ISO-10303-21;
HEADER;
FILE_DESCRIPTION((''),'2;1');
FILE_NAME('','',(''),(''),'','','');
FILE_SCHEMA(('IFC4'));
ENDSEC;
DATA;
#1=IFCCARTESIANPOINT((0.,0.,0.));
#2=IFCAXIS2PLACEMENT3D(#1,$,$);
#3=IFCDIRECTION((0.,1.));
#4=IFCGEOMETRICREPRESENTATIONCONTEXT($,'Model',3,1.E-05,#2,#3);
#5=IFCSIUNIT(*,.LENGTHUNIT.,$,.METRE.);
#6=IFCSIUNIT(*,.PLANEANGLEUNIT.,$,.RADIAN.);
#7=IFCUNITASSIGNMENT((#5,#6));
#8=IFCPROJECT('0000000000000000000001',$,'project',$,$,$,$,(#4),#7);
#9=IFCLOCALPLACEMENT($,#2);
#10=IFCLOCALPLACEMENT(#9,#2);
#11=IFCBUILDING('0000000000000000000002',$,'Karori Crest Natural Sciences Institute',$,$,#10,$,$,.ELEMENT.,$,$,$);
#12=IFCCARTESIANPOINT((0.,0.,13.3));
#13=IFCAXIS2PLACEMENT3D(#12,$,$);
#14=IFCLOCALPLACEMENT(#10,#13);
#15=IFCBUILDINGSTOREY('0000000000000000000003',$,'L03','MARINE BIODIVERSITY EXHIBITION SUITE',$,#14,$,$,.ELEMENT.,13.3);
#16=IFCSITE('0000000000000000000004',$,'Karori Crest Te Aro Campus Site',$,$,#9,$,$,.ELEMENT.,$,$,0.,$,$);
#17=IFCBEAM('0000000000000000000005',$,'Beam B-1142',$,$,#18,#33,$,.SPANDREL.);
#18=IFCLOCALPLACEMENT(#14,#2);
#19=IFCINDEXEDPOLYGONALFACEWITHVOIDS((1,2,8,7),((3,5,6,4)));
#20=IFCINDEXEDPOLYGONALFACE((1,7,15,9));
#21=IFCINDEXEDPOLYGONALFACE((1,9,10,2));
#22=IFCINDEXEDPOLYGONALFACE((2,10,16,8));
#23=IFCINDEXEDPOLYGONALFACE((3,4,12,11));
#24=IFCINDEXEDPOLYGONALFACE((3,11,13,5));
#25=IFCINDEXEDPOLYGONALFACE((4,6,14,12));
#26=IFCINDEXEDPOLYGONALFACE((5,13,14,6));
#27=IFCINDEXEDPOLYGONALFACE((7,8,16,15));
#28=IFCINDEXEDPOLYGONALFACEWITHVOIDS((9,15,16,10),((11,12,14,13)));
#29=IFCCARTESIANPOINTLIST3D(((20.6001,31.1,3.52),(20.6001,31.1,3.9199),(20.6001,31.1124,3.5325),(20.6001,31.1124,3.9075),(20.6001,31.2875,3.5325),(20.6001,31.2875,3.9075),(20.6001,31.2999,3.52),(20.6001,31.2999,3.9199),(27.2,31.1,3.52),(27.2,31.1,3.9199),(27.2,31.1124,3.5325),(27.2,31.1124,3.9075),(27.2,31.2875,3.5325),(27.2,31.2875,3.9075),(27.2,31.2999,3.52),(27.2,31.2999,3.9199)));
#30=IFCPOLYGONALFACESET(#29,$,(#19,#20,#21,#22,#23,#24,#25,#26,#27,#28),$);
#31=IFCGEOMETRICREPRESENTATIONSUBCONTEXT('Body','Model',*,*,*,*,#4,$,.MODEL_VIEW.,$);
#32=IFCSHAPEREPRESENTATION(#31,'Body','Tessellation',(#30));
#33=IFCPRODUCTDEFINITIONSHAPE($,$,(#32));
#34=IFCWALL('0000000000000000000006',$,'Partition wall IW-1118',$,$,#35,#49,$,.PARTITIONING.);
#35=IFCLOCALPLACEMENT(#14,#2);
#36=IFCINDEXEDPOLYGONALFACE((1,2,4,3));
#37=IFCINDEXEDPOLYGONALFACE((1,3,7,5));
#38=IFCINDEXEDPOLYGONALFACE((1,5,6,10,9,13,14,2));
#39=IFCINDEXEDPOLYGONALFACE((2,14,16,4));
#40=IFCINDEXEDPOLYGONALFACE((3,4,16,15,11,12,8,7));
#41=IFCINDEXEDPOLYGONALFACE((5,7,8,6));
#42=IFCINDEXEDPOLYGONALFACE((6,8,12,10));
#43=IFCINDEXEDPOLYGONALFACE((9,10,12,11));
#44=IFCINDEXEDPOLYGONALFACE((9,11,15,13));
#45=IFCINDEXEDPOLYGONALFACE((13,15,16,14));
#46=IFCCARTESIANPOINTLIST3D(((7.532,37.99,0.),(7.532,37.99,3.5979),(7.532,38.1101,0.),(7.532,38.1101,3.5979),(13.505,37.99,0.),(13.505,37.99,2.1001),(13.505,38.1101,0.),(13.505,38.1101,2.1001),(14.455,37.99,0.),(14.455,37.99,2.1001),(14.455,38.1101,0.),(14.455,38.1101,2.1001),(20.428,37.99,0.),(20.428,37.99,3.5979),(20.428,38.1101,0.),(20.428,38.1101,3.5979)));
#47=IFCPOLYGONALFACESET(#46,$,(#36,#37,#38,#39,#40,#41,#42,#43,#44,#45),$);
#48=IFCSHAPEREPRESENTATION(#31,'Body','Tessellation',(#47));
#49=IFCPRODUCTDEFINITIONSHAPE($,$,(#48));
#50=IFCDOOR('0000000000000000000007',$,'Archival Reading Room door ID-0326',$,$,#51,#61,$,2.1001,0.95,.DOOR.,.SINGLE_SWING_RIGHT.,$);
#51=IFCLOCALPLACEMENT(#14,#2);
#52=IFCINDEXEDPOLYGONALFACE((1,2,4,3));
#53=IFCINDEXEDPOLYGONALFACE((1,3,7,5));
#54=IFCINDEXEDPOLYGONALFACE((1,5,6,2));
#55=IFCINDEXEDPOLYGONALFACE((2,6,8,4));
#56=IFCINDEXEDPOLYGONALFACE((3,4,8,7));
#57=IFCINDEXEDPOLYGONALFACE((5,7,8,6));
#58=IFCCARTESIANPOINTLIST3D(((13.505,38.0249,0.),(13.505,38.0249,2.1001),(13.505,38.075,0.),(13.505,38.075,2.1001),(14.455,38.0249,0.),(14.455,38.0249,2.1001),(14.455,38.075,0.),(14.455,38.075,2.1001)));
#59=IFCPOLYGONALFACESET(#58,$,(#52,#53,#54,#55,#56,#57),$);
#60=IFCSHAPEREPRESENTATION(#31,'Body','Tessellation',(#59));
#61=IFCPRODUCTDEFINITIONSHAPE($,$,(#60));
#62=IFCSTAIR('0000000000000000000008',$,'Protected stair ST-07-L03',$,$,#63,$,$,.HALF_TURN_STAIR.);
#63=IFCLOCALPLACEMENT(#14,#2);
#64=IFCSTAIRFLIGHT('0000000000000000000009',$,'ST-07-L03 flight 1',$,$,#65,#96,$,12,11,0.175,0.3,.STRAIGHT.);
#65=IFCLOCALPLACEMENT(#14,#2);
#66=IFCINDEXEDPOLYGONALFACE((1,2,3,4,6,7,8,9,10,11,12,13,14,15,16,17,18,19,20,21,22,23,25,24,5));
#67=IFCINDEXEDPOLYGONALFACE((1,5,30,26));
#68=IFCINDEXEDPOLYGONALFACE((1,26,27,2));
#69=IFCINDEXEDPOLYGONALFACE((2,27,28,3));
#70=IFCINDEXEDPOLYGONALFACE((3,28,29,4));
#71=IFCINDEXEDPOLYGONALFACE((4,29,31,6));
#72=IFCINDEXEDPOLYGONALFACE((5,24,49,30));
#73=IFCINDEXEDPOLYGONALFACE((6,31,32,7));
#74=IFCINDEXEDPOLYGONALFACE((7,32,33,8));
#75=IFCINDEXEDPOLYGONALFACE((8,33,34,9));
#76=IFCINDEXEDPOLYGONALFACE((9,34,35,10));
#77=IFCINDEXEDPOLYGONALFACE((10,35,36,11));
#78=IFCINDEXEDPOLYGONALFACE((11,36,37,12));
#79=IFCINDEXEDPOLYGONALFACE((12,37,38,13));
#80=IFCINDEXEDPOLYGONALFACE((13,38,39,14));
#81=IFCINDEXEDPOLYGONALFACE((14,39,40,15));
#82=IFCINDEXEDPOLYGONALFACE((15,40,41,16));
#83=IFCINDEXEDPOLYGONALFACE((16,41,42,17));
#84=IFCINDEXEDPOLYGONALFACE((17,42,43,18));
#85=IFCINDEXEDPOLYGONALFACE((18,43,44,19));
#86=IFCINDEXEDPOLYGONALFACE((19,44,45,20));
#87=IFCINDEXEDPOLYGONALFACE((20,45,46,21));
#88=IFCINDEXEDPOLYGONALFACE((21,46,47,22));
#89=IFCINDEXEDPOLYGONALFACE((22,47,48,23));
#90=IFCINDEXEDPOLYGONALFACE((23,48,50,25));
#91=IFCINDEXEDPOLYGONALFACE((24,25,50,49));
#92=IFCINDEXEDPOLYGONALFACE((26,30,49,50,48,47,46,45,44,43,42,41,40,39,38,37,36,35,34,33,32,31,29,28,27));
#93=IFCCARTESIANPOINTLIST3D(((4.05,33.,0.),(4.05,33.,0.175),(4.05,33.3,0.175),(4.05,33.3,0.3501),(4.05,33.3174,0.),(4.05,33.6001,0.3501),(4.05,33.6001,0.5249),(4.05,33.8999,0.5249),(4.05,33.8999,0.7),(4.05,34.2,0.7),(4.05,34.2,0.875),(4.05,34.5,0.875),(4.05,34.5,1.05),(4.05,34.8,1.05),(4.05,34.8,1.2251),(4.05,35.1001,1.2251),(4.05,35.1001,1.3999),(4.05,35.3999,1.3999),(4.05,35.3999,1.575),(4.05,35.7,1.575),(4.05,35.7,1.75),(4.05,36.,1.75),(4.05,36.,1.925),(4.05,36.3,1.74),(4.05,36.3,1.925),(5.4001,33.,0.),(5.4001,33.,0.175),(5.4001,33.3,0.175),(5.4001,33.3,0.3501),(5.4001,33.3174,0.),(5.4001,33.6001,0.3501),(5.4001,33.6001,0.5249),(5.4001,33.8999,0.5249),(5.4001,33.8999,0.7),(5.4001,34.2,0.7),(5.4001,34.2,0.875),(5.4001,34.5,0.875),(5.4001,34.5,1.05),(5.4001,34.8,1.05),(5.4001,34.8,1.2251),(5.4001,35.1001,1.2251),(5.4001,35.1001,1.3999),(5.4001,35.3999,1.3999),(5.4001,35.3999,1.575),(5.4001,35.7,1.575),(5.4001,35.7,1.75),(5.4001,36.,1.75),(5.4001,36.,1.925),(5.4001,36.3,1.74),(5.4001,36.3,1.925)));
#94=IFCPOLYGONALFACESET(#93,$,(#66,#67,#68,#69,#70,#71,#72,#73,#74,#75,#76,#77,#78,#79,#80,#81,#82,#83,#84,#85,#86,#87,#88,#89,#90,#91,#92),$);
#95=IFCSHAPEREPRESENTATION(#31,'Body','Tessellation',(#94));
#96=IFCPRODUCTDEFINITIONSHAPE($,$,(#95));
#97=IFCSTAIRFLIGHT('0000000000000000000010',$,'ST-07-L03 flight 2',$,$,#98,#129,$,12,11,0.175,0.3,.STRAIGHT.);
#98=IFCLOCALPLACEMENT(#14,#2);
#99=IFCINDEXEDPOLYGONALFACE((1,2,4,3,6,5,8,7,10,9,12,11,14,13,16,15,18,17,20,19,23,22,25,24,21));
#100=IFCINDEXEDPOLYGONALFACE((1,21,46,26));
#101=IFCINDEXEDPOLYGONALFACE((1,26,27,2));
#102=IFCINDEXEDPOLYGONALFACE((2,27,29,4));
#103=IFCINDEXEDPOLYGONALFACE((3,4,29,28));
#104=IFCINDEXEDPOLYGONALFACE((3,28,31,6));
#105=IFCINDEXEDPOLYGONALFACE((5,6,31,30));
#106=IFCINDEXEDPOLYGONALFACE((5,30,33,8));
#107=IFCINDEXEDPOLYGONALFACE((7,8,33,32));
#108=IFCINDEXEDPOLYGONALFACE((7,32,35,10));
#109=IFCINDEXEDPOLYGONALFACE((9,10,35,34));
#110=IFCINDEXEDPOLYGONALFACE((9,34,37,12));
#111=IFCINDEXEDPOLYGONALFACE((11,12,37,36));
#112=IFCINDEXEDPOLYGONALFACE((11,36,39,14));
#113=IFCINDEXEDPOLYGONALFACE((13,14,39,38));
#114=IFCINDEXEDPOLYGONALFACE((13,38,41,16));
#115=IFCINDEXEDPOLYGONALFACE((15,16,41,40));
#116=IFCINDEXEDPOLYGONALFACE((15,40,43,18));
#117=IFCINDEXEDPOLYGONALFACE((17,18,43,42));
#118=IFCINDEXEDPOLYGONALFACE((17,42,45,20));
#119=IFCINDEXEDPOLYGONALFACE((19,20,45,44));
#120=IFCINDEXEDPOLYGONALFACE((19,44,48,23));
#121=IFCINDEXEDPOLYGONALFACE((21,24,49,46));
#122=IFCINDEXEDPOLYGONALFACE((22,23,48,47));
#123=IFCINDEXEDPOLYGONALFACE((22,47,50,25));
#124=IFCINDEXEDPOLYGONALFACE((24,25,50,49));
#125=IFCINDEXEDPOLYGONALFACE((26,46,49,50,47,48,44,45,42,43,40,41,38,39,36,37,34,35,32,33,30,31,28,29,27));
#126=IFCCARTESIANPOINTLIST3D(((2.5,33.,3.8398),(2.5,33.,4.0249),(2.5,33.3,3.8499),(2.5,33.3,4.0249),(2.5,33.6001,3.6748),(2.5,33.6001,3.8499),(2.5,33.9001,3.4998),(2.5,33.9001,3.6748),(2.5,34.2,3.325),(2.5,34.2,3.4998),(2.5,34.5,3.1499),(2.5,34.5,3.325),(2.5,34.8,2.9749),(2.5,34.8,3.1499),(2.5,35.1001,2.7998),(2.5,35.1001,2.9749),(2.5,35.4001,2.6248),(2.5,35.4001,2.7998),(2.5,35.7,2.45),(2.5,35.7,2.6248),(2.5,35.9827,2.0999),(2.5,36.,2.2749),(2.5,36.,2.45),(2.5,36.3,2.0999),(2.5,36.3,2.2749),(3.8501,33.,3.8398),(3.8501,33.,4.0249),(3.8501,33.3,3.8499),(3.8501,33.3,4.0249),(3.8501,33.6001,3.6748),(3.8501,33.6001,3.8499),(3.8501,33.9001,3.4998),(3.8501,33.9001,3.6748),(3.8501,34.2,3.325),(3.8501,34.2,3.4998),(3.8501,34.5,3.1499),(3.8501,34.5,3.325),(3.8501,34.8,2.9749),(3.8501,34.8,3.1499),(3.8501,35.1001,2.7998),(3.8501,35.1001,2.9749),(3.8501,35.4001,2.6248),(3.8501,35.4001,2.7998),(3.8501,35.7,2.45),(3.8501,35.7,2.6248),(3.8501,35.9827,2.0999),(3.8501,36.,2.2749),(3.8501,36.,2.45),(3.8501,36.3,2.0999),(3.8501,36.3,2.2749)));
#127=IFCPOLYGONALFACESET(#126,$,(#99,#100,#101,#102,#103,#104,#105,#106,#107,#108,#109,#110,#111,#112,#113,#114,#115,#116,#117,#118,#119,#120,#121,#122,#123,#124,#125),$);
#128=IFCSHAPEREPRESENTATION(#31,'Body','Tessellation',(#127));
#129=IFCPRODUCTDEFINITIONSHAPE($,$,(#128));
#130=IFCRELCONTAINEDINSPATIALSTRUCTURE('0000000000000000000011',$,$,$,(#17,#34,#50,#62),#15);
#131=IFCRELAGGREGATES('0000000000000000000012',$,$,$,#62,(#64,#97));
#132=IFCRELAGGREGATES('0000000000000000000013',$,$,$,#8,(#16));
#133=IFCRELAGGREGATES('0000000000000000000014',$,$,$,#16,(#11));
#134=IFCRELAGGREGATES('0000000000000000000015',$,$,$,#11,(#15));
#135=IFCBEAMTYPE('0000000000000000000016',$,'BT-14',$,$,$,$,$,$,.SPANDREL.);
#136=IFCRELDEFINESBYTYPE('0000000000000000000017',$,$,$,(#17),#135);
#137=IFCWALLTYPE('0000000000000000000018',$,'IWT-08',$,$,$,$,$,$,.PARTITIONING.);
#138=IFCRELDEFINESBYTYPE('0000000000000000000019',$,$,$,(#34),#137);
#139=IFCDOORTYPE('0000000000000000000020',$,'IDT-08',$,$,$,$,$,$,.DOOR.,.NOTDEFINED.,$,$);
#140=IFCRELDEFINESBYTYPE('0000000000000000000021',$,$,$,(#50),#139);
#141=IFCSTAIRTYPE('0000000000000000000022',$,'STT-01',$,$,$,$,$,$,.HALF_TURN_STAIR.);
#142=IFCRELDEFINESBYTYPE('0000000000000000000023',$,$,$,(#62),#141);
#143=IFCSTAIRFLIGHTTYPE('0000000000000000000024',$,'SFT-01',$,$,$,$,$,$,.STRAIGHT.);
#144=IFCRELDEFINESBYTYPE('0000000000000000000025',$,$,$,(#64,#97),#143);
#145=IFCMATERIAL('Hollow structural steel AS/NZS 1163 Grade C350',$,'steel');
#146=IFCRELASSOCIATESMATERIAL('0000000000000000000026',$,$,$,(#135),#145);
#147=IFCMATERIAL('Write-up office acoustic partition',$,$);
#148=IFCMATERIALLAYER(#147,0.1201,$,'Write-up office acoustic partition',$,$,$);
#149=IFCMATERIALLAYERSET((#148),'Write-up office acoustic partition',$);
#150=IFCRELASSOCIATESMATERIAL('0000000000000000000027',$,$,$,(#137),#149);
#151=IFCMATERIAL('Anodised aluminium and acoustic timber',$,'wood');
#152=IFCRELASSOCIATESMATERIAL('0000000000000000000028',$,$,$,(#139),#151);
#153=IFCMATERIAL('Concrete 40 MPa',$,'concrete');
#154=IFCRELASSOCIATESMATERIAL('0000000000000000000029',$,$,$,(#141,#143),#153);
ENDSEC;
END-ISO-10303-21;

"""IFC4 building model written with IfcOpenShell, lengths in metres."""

from ifc_helpers import new_model, si_unit, direction, frame, frame_2d, origin, origin_2d, place, context, subcontext, project, spatial, polyline, rectangle, hollow_rectangle, outline, extrude, material, layer, layer_set, material_profile, profile_set, type_object, element, fill, aggregate, save


model = new_model("IFC4")

# Units and contexts
model_context = context("Model", 3, precision=1e-05, world=origin(), true_north=direction((0.0, 1.0)))
body_context = subcontext(model_context, "Body", "Model", "MODEL_VIEW")
ifc_project = project(units=[si_unit("LENGTHUNIT", "METRE"), si_unit("PLANEANGLEUNIT", "RADIAN")], contexts=[model_context])

# Site, building, storey
site_placement = place(None, origin())
site = spatial("IfcSite", under=ifc_project, at=site_placement, Name="Karori Crest Te Aro Campus Site", CompositionType="ELEMENT", RefElevation=0.0)
building_placement = place(site_placement, origin())
building = spatial("IfcBuilding", under=site, at=building_placement, Name="Karori Crest Natural Sciences Institute", CompositionType="ELEMENT")
storey_placement = place(building_placement, frame((0.0, 0.0, 13.3)))
storey = spatial("IfcBuildingStorey", under=building, at=storey_placement, Name="L03", Description="MARINE BIODIVERSITY EXHIBITION SUITE", CompositionType="ELEMENT", Elevation=13.3)

# Beam
ifc_material_1 = material(Name="Hollow structural steel AS/NZS 1163 Grade C350", Category="steel")
ifc_material_profile_1 = material_profile(ifc_material_1, hollow_rectangle(XDim=0.2, YDim=0.3999, WallThickness=0.0125, at=origin_2d()), Name="RHS400x200x12.5")
ifc_profile_set_1 = profile_set([ifc_material_profile_1], Name="Hollow structural steel AS/NZS 1163 Grade C350")
beam_type_1 = type_object("IfcBeamType", Name="BT-14", PredefinedType="SPANDREL", material=ifc_profile_set_1)
beam_1_placement = place(storey_placement, frame((20.6001, 31.2, 3.72), z_axis=(1.0, 0.0, 0.0), x_axis=(0.0, 1.0, 0.0)))
element("IfcBeam", 1, at=beam_1_placement, inside=storey, type_object=beam_type_1, Name="Beam B-1142", PredefinedType="SPANDREL", context=body_context, shape_type="SweptSolid", body=[
    extrude(hollow_rectangle(XDim=0.2, YDim=0.3999, WallThickness=0.0125, at=origin_2d()), origin(), (0.0, 0.0, 1.0), 6.5999),
])

# Wall, opening, door
ifc_material_2 = material(Name="Write-up office acoustic partition")
ifc_layer_1 = layer(ifc_material_2, 0.1201, Name="Write-up office acoustic partition")
ifc_layer_set_1 = layer_set([ifc_layer_1], Name="Write-up office acoustic partition")
wall_type_1 = type_object("IfcWallType", Name="IWT-08", PredefinedType="PARTITIONING", material=ifc_layer_set_1)
wall_1_placement = place(storey_placement, frame((7.532, 38.05, 0.0), z_axis=(0.0, 0.0, 1.0), x_axis=(1.0, 0.0, 0.0)))
wall_1 = element("IfcWall", 2, at=wall_1_placement, inside=storey, type_object=wall_type_1, Name="Partition wall IW-1118", PredefinedType="PARTITIONING", context=body_context, shape_type="SweptSolid", body=[
    extrude(rectangle(XDim=12.896, YDim=0.1201, at=frame_2d((6.448, 0.0))), origin(), (0.0, 0.0, 1.0), 3.5979),
])
opening_1_placement = place(wall_1_placement, frame((5.9729, 0.0, 0.0)))
opening_1 = element("IfcOpeningElement", 3, at=opening_1_placement, cuts=wall_1, PredefinedType="OPENING", context=body_context, shape_type="SweptSolid", body=[
    extrude(rectangle(XDim=0.95, YDim=2.1001, at=frame_2d((0.4751, 1.05))), frame((0.0, 0.0701, 0.0), z_axis=(0.0, -1.0, 0.0), x_axis=(1.0, 0.0, 0.0)), (0.0, 0.0, 1.0), 0.1401),
])
ifc_material_3 = material(Name="Anodised aluminium and acoustic timber", Category="wood")
door_type_1 = type_object("IfcDoorType", Name="IDT-08", OperationType="NOTDEFINED", PredefinedType="DOOR", material=ifc_material_3)
door_1_placement = place(opening_1_placement, origin())
door_1 = element("IfcDoor", 4, at=door_1_placement, inside=storey, type_object=door_type_1, Name="Archival Reading Room door ID-0326", OperationType="SINGLE_SWING_RIGHT", OverallHeight=2.1001, OverallWidth=0.95, PredefinedType="DOOR", context=body_context, shape_type="SweptSolid", body=[
    extrude(rectangle(XDim=0.95, YDim=2.1001, at=frame_2d((0.4751, 1.05))), frame((0.0, 0.0249, 0.0), z_axis=(0.0, -1.0, 0.0), x_axis=(1.0, 0.0, 0.0)), (0.0, 0.0, 1.0), 0.05),
])
fill(opening_1, door_1)

# Stair, stair flights
ifc_material_4 = material(Name="Concrete 40 MPa", Category="concrete")
stair_type = type_object("IfcStairType", Name="STT-01", PredefinedType="HALF_TURN_STAIR", material=ifc_material_4)
stair_placement = place(storey_placement, origin())
stair = element("IfcStair", 5, at=stair_placement, inside=storey, type_object=stair_type, Name="Protected stair ST-07-L03", PredefinedType="HALF_TURN_STAIR")
stair_flight_type = type_object("IfcStairFlightType", Name="SFT-01", PredefinedType="STRAIGHT", material=ifc_material_4)
stair_flight_1_placement = place(storey_placement, frame((4.7251, 33.0, 0.0), z_axis=(0.0, 0.0, 1.0), x_axis=(0.0, 1.0, 0.0)))
stair_flight_1 = element("IfcStairFlight", 6, at=stair_flight_1_placement, type_object=stair_flight_type, Name="ST-07-L03 flight 1", NumberOfRisers=12, NumberOfTreads=11, PredefinedType="STRAIGHT", RiserHeight=0.175, TreadLength=0.3, context=body_context, shape_type="SweptSolid", body=[
    extrude(outline(polyline([(0.0, 0.0), (0.0, 0.175), (0.3, 0.175), (0.3, 0.3501), (0.6001, 0.3501), (0.6001, 0.5249), (0.8999, 0.5249), (0.8999, 0.7), (1.2, 0.7), (1.2, 0.875), (1.5, 0.875), (1.5, 1.05), (1.8, 1.05), (1.8, 1.2251), (2.1001, 1.2251), (2.1001, 1.3999), (2.3999, 1.3999), (2.3999, 1.575), (2.7, 1.575), (2.7, 1.75), (3.0, 1.75), (3.0, 1.925), (3.3, 1.925), (3.3, 2.1001), (3.3, 1.74), (0.3174, 0.0), (0.0, 0.0)])), frame((0.0, 0.675, 0.0), z_axis=(0.0, -1.0, 0.0), x_axis=(1.0, 0.0, 0.0)), (0.0, 0.0, 1.0), 1.3501),
])
stair_flight_2_placement = place(storey_placement, frame((3.175, 36.3, 2.0999), z_axis=(0.0, 0.0, 1.0), x_axis=(0.0, -1.0, 0.0)))
stair_flight_2 = element("IfcStairFlight", 7, at=stair_flight_2_placement, type_object=stair_flight_type, Name="ST-07-L03 flight 2", NumberOfRisers=12, NumberOfTreads=11, PredefinedType="STRAIGHT", RiserHeight=0.175, TreadLength=0.3, context=body_context, shape_type="SweptSolid", body=[
    extrude(outline(polyline([(0.0, 0.0), (0.0, 0.175), (0.3, 0.175), (0.3, 0.3501), (0.6001, 0.3501), (0.6001, 0.5249), (0.8999, 0.5249), (0.8999, 0.7), (1.2, 0.7), (1.2, 0.875), (1.5, 0.875), (1.5, 1.05), (1.8, 1.05), (1.8, 1.2251), (2.1001, 1.2251), (2.1001, 1.3999), (2.3999, 1.3999), (2.3999, 1.575), (2.7, 1.575), (2.7, 1.75), (3.0, 1.75), (3.0, 1.925), (3.3, 1.925), (3.3, 2.1001), (3.3, 1.74), (0.3174, 0.0), (0.0, 0.0)])), frame((0.0, 0.675, 0.0), z_axis=(0.0, -1.0, 0.0), x_axis=(1.0, 0.0, 0.0)), (0.0, 0.0, 1.0), 1.3501),
])
aggregate(stair, [stair_flight_1, stair_flight_2])

save(model, "model.ifc")
